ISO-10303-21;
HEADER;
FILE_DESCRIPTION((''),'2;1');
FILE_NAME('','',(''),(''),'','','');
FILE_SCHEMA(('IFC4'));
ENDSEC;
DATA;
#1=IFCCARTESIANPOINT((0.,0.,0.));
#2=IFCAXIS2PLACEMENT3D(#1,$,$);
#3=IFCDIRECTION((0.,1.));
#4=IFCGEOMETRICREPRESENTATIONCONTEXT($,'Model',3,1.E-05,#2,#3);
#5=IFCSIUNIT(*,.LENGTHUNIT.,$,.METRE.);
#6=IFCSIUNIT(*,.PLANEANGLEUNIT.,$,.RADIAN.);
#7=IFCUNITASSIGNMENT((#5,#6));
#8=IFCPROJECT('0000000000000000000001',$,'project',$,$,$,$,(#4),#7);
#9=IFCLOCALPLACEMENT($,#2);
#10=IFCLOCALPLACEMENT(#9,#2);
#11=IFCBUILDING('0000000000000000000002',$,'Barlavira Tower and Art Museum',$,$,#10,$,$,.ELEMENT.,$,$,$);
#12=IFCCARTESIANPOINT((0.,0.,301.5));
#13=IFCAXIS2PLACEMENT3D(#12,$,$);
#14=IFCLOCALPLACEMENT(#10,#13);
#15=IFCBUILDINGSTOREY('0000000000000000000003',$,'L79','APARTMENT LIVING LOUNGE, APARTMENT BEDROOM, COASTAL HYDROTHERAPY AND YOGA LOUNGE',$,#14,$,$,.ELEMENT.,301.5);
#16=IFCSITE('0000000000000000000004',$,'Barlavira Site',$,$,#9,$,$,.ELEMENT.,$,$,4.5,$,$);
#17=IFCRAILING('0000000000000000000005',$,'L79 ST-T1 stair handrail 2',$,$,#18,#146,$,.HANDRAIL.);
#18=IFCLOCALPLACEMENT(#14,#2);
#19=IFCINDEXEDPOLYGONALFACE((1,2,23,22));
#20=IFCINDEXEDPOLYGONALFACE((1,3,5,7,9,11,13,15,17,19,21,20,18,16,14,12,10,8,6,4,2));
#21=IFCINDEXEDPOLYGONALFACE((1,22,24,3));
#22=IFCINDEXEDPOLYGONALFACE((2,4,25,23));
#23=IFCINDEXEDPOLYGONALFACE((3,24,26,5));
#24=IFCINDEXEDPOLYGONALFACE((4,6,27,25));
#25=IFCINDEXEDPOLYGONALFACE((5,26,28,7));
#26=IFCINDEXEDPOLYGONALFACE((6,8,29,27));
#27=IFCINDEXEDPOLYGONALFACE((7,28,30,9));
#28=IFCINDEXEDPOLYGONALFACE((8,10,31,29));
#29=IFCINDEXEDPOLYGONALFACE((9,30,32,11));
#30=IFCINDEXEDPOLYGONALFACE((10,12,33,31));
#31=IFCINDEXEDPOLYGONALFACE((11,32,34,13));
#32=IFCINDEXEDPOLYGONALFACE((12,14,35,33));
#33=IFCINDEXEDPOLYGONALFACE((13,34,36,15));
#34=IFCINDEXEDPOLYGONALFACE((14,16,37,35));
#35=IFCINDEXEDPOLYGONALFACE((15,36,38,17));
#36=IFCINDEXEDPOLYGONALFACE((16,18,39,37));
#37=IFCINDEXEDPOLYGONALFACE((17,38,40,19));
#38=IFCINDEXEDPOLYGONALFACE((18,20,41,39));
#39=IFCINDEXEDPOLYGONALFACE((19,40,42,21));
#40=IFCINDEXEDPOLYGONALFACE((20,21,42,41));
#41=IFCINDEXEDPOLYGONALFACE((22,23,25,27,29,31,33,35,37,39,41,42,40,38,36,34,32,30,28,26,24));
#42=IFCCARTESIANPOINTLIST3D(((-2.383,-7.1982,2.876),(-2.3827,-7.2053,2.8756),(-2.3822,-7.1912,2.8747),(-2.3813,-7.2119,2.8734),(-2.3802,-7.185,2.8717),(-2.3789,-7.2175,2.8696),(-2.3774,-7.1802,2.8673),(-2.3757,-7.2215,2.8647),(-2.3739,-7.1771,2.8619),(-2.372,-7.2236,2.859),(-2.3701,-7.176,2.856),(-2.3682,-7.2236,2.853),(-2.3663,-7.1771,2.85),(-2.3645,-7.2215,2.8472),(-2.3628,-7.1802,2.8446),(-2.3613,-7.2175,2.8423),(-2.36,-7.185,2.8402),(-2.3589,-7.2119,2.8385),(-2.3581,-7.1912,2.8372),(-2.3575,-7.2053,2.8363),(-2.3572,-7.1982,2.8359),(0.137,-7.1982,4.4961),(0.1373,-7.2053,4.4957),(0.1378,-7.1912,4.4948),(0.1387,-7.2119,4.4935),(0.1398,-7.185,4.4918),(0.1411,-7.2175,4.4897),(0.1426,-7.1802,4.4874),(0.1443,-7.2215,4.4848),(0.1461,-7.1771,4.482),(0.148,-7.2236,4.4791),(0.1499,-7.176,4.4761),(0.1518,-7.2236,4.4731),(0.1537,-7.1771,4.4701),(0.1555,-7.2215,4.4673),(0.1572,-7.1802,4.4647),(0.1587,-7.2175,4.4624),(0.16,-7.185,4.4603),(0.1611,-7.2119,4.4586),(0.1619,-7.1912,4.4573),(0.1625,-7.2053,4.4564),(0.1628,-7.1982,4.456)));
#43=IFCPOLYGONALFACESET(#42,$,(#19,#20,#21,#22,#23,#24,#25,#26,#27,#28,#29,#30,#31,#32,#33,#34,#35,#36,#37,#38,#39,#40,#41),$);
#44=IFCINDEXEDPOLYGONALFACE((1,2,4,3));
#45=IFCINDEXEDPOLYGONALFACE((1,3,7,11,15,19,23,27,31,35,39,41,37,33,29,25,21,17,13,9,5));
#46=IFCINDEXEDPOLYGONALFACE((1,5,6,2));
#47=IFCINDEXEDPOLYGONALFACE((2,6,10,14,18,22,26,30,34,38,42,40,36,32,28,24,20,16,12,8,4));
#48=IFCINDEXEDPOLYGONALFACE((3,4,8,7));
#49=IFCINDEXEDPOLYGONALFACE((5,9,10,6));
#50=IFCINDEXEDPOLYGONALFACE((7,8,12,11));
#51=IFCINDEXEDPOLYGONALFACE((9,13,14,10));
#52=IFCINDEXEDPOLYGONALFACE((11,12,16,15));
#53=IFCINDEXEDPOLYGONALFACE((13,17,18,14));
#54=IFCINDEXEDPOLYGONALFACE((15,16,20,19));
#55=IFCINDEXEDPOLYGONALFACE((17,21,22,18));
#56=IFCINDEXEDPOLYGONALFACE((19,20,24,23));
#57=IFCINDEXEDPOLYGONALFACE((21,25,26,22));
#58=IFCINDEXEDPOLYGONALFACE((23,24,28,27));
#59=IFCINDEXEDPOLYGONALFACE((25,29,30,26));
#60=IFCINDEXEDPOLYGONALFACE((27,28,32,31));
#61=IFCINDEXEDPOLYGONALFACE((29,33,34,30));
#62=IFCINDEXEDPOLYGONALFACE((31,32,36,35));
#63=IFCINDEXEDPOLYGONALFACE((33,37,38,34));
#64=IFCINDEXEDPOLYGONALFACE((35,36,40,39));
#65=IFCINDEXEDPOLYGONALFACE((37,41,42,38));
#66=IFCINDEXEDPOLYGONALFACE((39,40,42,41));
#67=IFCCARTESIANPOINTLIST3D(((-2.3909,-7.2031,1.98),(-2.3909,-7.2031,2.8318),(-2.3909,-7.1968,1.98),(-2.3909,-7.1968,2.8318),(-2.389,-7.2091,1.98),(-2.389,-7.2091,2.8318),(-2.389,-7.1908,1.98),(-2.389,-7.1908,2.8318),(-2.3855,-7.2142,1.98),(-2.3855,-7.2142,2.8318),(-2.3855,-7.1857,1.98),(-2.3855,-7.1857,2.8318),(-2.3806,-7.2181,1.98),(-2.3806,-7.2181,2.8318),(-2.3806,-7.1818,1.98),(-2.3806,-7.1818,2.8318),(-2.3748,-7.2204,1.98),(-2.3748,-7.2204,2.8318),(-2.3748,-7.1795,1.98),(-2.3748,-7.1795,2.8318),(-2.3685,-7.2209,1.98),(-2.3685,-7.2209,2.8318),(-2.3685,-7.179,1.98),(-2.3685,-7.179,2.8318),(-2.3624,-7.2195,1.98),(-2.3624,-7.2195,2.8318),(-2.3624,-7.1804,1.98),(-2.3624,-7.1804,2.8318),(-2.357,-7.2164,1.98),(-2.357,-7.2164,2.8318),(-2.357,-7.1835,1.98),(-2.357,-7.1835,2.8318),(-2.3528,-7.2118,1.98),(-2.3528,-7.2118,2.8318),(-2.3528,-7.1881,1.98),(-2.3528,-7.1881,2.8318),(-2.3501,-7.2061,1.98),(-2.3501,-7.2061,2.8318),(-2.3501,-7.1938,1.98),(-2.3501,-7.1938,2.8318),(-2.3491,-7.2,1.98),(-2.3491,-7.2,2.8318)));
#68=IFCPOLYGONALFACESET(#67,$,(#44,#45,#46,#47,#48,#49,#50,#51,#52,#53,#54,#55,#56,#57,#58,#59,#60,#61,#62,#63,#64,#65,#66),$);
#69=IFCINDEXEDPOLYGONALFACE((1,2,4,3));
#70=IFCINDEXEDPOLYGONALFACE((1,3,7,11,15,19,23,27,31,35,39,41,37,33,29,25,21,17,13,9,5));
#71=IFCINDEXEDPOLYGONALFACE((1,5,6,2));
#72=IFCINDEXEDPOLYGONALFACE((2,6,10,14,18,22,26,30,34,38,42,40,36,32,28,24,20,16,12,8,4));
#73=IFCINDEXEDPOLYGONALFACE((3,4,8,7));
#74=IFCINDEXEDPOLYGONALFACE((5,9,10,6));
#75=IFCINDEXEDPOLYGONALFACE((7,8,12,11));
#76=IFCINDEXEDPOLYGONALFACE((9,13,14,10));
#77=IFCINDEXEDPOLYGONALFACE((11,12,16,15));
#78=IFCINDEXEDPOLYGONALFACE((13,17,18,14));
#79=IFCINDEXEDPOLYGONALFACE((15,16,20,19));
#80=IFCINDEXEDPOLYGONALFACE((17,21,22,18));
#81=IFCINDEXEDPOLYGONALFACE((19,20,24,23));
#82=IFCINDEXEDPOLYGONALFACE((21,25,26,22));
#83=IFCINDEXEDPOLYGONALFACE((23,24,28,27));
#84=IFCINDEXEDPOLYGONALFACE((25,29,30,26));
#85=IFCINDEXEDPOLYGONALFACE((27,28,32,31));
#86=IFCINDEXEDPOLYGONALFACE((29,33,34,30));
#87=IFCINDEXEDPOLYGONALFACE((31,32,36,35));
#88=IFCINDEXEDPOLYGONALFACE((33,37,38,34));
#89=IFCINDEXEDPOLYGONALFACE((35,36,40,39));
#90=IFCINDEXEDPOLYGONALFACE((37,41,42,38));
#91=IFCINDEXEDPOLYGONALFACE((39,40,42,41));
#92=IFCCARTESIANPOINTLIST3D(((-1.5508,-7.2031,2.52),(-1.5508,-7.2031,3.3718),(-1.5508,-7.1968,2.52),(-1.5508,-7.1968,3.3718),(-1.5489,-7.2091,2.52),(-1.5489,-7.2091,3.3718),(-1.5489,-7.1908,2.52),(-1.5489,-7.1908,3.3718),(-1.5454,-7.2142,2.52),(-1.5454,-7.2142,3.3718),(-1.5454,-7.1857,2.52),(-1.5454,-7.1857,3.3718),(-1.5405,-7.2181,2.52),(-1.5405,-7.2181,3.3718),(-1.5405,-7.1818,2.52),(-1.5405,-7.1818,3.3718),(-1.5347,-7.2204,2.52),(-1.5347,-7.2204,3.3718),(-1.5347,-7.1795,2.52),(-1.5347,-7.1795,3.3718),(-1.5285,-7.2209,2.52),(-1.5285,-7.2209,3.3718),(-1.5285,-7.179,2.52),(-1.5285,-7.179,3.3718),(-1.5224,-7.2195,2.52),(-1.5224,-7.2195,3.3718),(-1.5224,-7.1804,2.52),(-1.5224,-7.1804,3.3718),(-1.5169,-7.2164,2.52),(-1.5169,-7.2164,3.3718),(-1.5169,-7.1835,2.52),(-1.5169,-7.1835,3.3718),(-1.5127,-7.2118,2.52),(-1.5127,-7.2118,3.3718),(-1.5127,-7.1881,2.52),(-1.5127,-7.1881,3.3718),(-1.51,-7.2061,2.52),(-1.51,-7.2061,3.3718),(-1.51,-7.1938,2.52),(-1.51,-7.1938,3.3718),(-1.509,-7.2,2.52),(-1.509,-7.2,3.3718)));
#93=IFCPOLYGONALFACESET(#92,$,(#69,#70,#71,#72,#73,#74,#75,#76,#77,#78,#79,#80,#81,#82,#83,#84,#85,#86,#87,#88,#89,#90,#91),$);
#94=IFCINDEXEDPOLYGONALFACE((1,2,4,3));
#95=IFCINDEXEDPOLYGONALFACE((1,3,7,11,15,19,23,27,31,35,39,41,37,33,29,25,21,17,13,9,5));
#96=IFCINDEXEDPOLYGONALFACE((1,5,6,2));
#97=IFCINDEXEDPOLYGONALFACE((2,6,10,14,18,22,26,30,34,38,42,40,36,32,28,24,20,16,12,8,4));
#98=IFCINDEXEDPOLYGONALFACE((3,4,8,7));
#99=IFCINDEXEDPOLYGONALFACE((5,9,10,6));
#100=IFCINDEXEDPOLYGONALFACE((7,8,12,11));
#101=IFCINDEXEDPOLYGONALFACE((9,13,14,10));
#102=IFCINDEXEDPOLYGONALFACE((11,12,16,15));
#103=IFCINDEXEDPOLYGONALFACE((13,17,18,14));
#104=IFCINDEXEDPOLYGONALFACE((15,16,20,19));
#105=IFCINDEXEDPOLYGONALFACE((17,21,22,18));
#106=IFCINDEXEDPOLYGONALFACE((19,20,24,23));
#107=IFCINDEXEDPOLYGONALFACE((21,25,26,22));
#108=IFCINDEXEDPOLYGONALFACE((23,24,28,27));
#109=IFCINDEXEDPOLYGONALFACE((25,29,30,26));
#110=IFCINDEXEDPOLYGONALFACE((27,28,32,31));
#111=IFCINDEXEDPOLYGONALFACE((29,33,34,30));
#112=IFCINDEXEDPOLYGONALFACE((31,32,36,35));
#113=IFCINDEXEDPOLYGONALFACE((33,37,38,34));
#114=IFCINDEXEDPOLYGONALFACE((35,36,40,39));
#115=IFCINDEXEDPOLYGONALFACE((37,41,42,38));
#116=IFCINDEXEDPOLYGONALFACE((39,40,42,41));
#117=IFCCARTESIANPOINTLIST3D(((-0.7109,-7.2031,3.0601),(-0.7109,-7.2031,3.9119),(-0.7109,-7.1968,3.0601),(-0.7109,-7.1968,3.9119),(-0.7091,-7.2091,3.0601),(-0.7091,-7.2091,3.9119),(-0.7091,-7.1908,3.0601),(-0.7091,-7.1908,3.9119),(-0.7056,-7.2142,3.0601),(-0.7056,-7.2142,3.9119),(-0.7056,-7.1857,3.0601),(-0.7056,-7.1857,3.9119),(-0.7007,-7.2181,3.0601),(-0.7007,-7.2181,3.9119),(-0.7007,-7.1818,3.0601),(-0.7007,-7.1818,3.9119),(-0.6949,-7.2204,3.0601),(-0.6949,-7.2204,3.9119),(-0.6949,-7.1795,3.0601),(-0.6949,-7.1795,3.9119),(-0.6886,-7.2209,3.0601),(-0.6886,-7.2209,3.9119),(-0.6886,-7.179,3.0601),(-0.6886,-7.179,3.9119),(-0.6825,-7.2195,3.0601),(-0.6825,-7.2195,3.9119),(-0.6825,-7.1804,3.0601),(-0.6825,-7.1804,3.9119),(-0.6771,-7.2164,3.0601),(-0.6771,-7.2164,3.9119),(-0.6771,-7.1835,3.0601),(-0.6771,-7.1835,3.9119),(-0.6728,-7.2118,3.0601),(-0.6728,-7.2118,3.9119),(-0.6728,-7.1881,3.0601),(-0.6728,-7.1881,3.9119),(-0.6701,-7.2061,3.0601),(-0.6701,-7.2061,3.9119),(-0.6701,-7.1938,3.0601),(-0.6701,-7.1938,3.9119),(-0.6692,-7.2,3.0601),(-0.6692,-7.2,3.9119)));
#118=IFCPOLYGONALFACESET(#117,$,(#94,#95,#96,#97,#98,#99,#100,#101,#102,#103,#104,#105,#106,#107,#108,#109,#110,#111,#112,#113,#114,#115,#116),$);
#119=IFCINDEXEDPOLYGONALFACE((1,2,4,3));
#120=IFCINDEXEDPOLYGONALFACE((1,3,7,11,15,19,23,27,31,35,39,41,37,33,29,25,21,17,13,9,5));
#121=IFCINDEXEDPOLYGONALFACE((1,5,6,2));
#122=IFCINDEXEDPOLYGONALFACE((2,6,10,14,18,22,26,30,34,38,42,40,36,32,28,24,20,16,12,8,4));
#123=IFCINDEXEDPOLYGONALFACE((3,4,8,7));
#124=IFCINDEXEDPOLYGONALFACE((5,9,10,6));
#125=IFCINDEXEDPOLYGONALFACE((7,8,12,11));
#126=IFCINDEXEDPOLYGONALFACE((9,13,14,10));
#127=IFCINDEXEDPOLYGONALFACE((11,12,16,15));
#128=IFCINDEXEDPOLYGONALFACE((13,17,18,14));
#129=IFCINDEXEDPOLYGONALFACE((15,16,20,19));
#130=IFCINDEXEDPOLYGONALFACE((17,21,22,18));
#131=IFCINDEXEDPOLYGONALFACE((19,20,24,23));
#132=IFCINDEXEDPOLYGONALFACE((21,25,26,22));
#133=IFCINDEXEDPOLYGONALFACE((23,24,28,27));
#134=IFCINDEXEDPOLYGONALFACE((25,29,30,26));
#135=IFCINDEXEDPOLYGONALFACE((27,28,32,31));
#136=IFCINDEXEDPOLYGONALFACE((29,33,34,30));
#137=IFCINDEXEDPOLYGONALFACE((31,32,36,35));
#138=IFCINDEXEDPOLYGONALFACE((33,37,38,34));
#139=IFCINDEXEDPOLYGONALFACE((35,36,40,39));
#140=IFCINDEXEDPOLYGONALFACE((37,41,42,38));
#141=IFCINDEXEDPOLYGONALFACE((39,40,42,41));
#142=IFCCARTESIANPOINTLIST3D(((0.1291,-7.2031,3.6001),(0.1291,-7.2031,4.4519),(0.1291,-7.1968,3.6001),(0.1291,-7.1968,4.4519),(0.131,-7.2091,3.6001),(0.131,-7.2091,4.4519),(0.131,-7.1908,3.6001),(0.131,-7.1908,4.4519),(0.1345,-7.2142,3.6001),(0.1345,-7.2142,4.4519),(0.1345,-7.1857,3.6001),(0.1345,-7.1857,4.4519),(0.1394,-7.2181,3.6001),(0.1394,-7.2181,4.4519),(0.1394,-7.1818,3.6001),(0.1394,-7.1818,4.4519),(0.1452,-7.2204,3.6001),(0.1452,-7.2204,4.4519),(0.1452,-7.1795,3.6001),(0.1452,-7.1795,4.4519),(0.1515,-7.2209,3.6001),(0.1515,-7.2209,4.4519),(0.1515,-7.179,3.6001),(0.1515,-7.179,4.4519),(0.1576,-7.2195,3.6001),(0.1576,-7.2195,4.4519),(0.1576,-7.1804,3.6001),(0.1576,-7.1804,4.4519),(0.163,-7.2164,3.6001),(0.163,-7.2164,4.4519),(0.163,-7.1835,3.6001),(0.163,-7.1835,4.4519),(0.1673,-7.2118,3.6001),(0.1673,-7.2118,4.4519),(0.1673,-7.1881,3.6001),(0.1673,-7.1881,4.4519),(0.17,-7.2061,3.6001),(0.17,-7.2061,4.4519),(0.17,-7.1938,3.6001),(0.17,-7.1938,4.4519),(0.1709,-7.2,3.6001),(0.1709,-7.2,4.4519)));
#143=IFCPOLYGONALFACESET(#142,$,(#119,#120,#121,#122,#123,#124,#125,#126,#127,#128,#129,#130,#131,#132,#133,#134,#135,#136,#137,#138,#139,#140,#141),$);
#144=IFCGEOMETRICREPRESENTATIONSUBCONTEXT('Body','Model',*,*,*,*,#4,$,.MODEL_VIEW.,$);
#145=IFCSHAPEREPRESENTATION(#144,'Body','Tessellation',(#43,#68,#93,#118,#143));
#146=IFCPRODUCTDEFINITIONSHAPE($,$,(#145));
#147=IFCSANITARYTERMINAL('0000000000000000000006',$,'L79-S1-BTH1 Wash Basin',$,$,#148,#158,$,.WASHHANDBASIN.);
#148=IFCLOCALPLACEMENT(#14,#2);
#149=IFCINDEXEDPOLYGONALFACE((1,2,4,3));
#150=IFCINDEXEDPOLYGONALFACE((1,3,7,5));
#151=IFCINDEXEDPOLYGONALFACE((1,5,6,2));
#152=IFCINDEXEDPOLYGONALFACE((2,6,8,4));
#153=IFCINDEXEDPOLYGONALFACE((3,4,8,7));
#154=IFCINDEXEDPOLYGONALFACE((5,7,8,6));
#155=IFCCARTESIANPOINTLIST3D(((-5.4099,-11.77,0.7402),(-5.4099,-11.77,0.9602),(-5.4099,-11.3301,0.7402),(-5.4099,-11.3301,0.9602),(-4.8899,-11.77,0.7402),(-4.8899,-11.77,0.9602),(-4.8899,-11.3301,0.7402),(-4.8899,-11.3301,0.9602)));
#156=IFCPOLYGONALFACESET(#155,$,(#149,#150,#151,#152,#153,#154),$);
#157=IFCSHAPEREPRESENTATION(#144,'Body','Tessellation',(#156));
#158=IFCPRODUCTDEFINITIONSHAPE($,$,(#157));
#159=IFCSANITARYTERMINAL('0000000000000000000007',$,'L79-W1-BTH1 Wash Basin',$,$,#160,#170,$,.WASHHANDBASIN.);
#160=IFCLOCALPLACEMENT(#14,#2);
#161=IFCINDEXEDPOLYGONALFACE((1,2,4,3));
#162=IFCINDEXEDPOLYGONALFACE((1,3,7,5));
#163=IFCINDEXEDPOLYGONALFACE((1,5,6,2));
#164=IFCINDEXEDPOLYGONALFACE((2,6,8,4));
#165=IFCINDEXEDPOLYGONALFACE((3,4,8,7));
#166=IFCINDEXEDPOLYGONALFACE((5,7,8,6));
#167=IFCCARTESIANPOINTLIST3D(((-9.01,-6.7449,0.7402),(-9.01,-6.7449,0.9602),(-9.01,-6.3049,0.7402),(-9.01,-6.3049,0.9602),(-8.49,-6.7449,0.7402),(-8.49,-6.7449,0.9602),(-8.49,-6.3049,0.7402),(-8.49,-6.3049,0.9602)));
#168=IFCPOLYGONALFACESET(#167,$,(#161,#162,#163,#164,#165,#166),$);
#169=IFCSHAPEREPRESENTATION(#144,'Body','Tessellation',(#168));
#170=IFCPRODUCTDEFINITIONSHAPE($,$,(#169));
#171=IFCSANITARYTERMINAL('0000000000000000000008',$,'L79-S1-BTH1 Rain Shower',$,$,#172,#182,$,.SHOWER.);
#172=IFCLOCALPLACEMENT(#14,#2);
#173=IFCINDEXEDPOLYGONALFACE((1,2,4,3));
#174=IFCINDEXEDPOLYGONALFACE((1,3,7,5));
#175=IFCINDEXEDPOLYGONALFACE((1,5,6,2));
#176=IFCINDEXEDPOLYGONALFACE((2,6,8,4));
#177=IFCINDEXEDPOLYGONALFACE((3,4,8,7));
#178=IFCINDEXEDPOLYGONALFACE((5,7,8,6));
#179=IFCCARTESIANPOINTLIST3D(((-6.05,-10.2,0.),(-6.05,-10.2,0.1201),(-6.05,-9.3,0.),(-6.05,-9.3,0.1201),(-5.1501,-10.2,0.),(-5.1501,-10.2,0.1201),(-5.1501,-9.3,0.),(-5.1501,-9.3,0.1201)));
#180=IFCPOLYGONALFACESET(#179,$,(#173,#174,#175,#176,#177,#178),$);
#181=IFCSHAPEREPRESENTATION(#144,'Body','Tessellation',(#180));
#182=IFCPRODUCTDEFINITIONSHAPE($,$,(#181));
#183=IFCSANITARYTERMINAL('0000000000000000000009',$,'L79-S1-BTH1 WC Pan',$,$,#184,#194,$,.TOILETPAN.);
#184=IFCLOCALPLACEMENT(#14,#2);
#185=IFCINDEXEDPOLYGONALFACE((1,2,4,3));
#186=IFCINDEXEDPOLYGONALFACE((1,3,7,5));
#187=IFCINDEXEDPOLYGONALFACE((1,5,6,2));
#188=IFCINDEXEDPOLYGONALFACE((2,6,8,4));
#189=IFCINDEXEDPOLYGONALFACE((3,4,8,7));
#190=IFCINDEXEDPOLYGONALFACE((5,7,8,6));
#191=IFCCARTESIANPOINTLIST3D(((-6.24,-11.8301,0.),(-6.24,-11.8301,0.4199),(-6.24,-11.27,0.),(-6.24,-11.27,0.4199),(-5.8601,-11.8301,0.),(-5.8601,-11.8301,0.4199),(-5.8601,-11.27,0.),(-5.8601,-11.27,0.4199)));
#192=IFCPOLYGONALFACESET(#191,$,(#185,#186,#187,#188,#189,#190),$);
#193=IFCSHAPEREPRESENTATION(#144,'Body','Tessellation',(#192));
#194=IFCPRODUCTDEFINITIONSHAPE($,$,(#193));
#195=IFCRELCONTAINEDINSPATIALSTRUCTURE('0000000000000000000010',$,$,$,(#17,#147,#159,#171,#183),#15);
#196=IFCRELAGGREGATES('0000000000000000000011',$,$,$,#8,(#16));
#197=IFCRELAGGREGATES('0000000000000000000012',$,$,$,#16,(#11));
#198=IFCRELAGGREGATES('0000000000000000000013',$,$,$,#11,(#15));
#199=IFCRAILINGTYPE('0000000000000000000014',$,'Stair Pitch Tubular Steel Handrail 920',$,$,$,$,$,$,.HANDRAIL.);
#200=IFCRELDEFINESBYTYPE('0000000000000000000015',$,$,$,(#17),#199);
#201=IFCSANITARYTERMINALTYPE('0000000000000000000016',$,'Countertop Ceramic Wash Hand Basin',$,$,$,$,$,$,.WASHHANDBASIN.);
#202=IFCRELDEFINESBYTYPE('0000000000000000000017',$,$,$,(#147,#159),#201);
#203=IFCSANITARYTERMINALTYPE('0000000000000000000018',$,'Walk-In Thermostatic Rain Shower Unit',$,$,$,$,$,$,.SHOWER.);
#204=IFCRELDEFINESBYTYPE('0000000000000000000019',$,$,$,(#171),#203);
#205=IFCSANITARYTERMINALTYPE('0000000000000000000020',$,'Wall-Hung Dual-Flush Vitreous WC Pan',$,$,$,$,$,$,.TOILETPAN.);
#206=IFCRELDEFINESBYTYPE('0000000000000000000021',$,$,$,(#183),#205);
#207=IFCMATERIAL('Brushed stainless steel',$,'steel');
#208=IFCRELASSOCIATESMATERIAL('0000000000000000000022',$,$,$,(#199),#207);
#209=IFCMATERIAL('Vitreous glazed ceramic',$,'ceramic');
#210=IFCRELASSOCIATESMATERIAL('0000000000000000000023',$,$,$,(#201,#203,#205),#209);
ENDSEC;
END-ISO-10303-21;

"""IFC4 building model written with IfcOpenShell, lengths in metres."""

from ifc_helpers import new_model, si_unit, direction, frame, origin, origin_2d, place, context, subcontext, project, spatial, rectangle, circle, extrude, material, type_object, element, save


model = new_model("IFC4")

# Units and contexts
model_context = context("Model", 3, precision=1e-05, world=origin(), true_north=direction((0.0, 1.0)))
body_context = subcontext(model_context, "Body", "Model", "MODEL_VIEW")
ifc_project = project(units=[si_unit("LENGTHUNIT", "METRE"), si_unit("PLANEANGLEUNIT", "RADIAN")], contexts=[model_context])

# Site, building, storey
site_placement = place(None, origin())
site = spatial("IfcSite", under=ifc_project, at=site_placement, Name="Barlavira Site", CompositionType="ELEMENT", RefElevation=4.5)
building_placement = place(site_placement, origin())
building = spatial("IfcBuilding", under=site, at=building_placement, Name="Barlavira Tower and Art Museum", CompositionType="ELEMENT")
storey_placement = place(building_placement, frame((0.0, 0.0, 301.5)))
storey = spatial("IfcBuildingStorey", under=building, at=storey_placement, Name="L79", Description="APARTMENT LIVING LOUNGE, APARTMENT BEDROOM, COASTAL HYDROTHERAPY AND YOGA LOUNGE", CompositionType="ELEMENT", Elevation=301.5)

# Shared definitions
ifc_material_1 = material(Name="Brushed stainless steel", Category="steel")

# Railing
railing_type_1 = type_object("IfcRailingType", Name="Stair Pitch Tubular Steel Handrail 920", PredefinedType="HANDRAIL", material=ifc_material_1)
railing_1_placement = place(storey_placement, frame((-2.3701, -7.2, 1.98)))
element("IfcRailing", 1, at=railing_1_placement, inside=storey, type_object=railing_type_1, Name="L79 ST-T1 stair handrail 2", PredefinedType="HANDRAIL", context=body_context, shape_type="SweptSolid", body=[
    extrude(circle(Radius=0.0239, at=origin_2d()), frame((0.0, 0.0, 0.876), z_axis=(0.841163, 0.0, 0.540782), x_axis=(0.0, 1.0, 0.0)), (0.0, 0.0, 1.0), 2.9958),
    extrude(circle(Radius=0.021, at=origin_2d()), origin(), (0.0, 0.0, 1.0), 0.8518),
    extrude(circle(Radius=0.021, at=origin_2d()), frame((0.8401, 0.0, 0.54)), (0.0, 0.0, 1.0), 0.8518),
    extrude(circle(Radius=0.021, at=origin_2d()), frame((1.6799, 0.0, 1.0801)), (0.0, 0.0, 1.0), 0.8518),
    extrude(circle(Radius=0.021, at=origin_2d()), frame((2.52, 0.0, 1.6201)), (0.0, 0.0, 1.0), 0.8518),
])

# Sanitary terminals
ifc_material_2 = material(Name="Vitreous glazed ceramic", Category="ceramic")
sanitary_terminal_type_1 = type_object("IfcSanitaryTerminalType", Name="Countertop Ceramic Wash Hand Basin", PredefinedType="WASHHANDBASIN", material=ifc_material_2)
for number, where, z_axis, x_axis, name in (
    (2, (-5.1499, -11.55, 0.7402), (0.0, 0.0, 1.0), (1.0, 0.0, 0.0), "L79-S1-BTH1 Wash Basin"),
    (3, (-8.75, -6.5249, 0.7402), (0.0, 0.0, 1.0), (1.0, 0.0, 0.0), "L79-W1-BTH1 Wash Basin"),
):
    element("IfcSanitaryTerminal", number, at=place(storey_placement, frame(where, z_axis=z_axis, x_axis=x_axis)), inside=storey, type_object=sanitary_terminal_type_1, Name=name, PredefinedType="WASHHANDBASIN", context=body_context, shape_type="SweptSolid", body=[
        extrude(rectangle(XDim=0.52, YDim=0.4399, at=origin_2d()), origin(), (0.0, 0.0, 1.0), 0.22),
    ])
sanitary_terminal_type_2 = type_object("IfcSanitaryTerminalType", Name="Walk-In Thermostatic Rain Shower Unit", PredefinedType="SHOWER", material=ifc_material_2)
sanitary_terminal_1_placement = place(storey_placement, frame((-5.6001, -9.75, 0.0), z_axis=(0.0, 0.0, 1.0), x_axis=(1.0, 0.0, 0.0)))
element("IfcSanitaryTerminal", 4, at=sanitary_terminal_1_placement, inside=storey, type_object=sanitary_terminal_type_2, Name="L79-S1-BTH1 Rain Shower", PredefinedType="SHOWER", context=body_context, shape_type="SweptSolid", body=[
    extrude(rectangle(XDim=0.8999, YDim=0.8999, at=origin_2d()), origin(), (0.0, 0.0, 1.0), 0.1201),
])
sanitary_terminal_type_3 = type_object("IfcSanitaryTerminalType", Name="Wall-Hung Dual-Flush Vitreous WC Pan", PredefinedType="TOILETPAN", material=ifc_material_2)
sanitary_terminal_2_placement = place(storey_placement, frame((-6.05, -11.55, 0.0), z_axis=(0.0, 0.0, 1.0), x_axis=(1.0, 0.0, 0.0)))
element("IfcSanitaryTerminal", 5, at=sanitary_terminal_2_placement, inside=storey, type_object=sanitary_terminal_type_3, Name="L79-S1-BTH1 WC Pan", PredefinedType="TOILETPAN", context=body_context, shape_type="SweptSolid", body=[
    extrude(rectangle(XDim=0.3799, YDim=0.5601, at=origin_2d()), origin(), (0.0, 0.0, 1.0), 0.4199),
])

save(model, "model.ifc")
